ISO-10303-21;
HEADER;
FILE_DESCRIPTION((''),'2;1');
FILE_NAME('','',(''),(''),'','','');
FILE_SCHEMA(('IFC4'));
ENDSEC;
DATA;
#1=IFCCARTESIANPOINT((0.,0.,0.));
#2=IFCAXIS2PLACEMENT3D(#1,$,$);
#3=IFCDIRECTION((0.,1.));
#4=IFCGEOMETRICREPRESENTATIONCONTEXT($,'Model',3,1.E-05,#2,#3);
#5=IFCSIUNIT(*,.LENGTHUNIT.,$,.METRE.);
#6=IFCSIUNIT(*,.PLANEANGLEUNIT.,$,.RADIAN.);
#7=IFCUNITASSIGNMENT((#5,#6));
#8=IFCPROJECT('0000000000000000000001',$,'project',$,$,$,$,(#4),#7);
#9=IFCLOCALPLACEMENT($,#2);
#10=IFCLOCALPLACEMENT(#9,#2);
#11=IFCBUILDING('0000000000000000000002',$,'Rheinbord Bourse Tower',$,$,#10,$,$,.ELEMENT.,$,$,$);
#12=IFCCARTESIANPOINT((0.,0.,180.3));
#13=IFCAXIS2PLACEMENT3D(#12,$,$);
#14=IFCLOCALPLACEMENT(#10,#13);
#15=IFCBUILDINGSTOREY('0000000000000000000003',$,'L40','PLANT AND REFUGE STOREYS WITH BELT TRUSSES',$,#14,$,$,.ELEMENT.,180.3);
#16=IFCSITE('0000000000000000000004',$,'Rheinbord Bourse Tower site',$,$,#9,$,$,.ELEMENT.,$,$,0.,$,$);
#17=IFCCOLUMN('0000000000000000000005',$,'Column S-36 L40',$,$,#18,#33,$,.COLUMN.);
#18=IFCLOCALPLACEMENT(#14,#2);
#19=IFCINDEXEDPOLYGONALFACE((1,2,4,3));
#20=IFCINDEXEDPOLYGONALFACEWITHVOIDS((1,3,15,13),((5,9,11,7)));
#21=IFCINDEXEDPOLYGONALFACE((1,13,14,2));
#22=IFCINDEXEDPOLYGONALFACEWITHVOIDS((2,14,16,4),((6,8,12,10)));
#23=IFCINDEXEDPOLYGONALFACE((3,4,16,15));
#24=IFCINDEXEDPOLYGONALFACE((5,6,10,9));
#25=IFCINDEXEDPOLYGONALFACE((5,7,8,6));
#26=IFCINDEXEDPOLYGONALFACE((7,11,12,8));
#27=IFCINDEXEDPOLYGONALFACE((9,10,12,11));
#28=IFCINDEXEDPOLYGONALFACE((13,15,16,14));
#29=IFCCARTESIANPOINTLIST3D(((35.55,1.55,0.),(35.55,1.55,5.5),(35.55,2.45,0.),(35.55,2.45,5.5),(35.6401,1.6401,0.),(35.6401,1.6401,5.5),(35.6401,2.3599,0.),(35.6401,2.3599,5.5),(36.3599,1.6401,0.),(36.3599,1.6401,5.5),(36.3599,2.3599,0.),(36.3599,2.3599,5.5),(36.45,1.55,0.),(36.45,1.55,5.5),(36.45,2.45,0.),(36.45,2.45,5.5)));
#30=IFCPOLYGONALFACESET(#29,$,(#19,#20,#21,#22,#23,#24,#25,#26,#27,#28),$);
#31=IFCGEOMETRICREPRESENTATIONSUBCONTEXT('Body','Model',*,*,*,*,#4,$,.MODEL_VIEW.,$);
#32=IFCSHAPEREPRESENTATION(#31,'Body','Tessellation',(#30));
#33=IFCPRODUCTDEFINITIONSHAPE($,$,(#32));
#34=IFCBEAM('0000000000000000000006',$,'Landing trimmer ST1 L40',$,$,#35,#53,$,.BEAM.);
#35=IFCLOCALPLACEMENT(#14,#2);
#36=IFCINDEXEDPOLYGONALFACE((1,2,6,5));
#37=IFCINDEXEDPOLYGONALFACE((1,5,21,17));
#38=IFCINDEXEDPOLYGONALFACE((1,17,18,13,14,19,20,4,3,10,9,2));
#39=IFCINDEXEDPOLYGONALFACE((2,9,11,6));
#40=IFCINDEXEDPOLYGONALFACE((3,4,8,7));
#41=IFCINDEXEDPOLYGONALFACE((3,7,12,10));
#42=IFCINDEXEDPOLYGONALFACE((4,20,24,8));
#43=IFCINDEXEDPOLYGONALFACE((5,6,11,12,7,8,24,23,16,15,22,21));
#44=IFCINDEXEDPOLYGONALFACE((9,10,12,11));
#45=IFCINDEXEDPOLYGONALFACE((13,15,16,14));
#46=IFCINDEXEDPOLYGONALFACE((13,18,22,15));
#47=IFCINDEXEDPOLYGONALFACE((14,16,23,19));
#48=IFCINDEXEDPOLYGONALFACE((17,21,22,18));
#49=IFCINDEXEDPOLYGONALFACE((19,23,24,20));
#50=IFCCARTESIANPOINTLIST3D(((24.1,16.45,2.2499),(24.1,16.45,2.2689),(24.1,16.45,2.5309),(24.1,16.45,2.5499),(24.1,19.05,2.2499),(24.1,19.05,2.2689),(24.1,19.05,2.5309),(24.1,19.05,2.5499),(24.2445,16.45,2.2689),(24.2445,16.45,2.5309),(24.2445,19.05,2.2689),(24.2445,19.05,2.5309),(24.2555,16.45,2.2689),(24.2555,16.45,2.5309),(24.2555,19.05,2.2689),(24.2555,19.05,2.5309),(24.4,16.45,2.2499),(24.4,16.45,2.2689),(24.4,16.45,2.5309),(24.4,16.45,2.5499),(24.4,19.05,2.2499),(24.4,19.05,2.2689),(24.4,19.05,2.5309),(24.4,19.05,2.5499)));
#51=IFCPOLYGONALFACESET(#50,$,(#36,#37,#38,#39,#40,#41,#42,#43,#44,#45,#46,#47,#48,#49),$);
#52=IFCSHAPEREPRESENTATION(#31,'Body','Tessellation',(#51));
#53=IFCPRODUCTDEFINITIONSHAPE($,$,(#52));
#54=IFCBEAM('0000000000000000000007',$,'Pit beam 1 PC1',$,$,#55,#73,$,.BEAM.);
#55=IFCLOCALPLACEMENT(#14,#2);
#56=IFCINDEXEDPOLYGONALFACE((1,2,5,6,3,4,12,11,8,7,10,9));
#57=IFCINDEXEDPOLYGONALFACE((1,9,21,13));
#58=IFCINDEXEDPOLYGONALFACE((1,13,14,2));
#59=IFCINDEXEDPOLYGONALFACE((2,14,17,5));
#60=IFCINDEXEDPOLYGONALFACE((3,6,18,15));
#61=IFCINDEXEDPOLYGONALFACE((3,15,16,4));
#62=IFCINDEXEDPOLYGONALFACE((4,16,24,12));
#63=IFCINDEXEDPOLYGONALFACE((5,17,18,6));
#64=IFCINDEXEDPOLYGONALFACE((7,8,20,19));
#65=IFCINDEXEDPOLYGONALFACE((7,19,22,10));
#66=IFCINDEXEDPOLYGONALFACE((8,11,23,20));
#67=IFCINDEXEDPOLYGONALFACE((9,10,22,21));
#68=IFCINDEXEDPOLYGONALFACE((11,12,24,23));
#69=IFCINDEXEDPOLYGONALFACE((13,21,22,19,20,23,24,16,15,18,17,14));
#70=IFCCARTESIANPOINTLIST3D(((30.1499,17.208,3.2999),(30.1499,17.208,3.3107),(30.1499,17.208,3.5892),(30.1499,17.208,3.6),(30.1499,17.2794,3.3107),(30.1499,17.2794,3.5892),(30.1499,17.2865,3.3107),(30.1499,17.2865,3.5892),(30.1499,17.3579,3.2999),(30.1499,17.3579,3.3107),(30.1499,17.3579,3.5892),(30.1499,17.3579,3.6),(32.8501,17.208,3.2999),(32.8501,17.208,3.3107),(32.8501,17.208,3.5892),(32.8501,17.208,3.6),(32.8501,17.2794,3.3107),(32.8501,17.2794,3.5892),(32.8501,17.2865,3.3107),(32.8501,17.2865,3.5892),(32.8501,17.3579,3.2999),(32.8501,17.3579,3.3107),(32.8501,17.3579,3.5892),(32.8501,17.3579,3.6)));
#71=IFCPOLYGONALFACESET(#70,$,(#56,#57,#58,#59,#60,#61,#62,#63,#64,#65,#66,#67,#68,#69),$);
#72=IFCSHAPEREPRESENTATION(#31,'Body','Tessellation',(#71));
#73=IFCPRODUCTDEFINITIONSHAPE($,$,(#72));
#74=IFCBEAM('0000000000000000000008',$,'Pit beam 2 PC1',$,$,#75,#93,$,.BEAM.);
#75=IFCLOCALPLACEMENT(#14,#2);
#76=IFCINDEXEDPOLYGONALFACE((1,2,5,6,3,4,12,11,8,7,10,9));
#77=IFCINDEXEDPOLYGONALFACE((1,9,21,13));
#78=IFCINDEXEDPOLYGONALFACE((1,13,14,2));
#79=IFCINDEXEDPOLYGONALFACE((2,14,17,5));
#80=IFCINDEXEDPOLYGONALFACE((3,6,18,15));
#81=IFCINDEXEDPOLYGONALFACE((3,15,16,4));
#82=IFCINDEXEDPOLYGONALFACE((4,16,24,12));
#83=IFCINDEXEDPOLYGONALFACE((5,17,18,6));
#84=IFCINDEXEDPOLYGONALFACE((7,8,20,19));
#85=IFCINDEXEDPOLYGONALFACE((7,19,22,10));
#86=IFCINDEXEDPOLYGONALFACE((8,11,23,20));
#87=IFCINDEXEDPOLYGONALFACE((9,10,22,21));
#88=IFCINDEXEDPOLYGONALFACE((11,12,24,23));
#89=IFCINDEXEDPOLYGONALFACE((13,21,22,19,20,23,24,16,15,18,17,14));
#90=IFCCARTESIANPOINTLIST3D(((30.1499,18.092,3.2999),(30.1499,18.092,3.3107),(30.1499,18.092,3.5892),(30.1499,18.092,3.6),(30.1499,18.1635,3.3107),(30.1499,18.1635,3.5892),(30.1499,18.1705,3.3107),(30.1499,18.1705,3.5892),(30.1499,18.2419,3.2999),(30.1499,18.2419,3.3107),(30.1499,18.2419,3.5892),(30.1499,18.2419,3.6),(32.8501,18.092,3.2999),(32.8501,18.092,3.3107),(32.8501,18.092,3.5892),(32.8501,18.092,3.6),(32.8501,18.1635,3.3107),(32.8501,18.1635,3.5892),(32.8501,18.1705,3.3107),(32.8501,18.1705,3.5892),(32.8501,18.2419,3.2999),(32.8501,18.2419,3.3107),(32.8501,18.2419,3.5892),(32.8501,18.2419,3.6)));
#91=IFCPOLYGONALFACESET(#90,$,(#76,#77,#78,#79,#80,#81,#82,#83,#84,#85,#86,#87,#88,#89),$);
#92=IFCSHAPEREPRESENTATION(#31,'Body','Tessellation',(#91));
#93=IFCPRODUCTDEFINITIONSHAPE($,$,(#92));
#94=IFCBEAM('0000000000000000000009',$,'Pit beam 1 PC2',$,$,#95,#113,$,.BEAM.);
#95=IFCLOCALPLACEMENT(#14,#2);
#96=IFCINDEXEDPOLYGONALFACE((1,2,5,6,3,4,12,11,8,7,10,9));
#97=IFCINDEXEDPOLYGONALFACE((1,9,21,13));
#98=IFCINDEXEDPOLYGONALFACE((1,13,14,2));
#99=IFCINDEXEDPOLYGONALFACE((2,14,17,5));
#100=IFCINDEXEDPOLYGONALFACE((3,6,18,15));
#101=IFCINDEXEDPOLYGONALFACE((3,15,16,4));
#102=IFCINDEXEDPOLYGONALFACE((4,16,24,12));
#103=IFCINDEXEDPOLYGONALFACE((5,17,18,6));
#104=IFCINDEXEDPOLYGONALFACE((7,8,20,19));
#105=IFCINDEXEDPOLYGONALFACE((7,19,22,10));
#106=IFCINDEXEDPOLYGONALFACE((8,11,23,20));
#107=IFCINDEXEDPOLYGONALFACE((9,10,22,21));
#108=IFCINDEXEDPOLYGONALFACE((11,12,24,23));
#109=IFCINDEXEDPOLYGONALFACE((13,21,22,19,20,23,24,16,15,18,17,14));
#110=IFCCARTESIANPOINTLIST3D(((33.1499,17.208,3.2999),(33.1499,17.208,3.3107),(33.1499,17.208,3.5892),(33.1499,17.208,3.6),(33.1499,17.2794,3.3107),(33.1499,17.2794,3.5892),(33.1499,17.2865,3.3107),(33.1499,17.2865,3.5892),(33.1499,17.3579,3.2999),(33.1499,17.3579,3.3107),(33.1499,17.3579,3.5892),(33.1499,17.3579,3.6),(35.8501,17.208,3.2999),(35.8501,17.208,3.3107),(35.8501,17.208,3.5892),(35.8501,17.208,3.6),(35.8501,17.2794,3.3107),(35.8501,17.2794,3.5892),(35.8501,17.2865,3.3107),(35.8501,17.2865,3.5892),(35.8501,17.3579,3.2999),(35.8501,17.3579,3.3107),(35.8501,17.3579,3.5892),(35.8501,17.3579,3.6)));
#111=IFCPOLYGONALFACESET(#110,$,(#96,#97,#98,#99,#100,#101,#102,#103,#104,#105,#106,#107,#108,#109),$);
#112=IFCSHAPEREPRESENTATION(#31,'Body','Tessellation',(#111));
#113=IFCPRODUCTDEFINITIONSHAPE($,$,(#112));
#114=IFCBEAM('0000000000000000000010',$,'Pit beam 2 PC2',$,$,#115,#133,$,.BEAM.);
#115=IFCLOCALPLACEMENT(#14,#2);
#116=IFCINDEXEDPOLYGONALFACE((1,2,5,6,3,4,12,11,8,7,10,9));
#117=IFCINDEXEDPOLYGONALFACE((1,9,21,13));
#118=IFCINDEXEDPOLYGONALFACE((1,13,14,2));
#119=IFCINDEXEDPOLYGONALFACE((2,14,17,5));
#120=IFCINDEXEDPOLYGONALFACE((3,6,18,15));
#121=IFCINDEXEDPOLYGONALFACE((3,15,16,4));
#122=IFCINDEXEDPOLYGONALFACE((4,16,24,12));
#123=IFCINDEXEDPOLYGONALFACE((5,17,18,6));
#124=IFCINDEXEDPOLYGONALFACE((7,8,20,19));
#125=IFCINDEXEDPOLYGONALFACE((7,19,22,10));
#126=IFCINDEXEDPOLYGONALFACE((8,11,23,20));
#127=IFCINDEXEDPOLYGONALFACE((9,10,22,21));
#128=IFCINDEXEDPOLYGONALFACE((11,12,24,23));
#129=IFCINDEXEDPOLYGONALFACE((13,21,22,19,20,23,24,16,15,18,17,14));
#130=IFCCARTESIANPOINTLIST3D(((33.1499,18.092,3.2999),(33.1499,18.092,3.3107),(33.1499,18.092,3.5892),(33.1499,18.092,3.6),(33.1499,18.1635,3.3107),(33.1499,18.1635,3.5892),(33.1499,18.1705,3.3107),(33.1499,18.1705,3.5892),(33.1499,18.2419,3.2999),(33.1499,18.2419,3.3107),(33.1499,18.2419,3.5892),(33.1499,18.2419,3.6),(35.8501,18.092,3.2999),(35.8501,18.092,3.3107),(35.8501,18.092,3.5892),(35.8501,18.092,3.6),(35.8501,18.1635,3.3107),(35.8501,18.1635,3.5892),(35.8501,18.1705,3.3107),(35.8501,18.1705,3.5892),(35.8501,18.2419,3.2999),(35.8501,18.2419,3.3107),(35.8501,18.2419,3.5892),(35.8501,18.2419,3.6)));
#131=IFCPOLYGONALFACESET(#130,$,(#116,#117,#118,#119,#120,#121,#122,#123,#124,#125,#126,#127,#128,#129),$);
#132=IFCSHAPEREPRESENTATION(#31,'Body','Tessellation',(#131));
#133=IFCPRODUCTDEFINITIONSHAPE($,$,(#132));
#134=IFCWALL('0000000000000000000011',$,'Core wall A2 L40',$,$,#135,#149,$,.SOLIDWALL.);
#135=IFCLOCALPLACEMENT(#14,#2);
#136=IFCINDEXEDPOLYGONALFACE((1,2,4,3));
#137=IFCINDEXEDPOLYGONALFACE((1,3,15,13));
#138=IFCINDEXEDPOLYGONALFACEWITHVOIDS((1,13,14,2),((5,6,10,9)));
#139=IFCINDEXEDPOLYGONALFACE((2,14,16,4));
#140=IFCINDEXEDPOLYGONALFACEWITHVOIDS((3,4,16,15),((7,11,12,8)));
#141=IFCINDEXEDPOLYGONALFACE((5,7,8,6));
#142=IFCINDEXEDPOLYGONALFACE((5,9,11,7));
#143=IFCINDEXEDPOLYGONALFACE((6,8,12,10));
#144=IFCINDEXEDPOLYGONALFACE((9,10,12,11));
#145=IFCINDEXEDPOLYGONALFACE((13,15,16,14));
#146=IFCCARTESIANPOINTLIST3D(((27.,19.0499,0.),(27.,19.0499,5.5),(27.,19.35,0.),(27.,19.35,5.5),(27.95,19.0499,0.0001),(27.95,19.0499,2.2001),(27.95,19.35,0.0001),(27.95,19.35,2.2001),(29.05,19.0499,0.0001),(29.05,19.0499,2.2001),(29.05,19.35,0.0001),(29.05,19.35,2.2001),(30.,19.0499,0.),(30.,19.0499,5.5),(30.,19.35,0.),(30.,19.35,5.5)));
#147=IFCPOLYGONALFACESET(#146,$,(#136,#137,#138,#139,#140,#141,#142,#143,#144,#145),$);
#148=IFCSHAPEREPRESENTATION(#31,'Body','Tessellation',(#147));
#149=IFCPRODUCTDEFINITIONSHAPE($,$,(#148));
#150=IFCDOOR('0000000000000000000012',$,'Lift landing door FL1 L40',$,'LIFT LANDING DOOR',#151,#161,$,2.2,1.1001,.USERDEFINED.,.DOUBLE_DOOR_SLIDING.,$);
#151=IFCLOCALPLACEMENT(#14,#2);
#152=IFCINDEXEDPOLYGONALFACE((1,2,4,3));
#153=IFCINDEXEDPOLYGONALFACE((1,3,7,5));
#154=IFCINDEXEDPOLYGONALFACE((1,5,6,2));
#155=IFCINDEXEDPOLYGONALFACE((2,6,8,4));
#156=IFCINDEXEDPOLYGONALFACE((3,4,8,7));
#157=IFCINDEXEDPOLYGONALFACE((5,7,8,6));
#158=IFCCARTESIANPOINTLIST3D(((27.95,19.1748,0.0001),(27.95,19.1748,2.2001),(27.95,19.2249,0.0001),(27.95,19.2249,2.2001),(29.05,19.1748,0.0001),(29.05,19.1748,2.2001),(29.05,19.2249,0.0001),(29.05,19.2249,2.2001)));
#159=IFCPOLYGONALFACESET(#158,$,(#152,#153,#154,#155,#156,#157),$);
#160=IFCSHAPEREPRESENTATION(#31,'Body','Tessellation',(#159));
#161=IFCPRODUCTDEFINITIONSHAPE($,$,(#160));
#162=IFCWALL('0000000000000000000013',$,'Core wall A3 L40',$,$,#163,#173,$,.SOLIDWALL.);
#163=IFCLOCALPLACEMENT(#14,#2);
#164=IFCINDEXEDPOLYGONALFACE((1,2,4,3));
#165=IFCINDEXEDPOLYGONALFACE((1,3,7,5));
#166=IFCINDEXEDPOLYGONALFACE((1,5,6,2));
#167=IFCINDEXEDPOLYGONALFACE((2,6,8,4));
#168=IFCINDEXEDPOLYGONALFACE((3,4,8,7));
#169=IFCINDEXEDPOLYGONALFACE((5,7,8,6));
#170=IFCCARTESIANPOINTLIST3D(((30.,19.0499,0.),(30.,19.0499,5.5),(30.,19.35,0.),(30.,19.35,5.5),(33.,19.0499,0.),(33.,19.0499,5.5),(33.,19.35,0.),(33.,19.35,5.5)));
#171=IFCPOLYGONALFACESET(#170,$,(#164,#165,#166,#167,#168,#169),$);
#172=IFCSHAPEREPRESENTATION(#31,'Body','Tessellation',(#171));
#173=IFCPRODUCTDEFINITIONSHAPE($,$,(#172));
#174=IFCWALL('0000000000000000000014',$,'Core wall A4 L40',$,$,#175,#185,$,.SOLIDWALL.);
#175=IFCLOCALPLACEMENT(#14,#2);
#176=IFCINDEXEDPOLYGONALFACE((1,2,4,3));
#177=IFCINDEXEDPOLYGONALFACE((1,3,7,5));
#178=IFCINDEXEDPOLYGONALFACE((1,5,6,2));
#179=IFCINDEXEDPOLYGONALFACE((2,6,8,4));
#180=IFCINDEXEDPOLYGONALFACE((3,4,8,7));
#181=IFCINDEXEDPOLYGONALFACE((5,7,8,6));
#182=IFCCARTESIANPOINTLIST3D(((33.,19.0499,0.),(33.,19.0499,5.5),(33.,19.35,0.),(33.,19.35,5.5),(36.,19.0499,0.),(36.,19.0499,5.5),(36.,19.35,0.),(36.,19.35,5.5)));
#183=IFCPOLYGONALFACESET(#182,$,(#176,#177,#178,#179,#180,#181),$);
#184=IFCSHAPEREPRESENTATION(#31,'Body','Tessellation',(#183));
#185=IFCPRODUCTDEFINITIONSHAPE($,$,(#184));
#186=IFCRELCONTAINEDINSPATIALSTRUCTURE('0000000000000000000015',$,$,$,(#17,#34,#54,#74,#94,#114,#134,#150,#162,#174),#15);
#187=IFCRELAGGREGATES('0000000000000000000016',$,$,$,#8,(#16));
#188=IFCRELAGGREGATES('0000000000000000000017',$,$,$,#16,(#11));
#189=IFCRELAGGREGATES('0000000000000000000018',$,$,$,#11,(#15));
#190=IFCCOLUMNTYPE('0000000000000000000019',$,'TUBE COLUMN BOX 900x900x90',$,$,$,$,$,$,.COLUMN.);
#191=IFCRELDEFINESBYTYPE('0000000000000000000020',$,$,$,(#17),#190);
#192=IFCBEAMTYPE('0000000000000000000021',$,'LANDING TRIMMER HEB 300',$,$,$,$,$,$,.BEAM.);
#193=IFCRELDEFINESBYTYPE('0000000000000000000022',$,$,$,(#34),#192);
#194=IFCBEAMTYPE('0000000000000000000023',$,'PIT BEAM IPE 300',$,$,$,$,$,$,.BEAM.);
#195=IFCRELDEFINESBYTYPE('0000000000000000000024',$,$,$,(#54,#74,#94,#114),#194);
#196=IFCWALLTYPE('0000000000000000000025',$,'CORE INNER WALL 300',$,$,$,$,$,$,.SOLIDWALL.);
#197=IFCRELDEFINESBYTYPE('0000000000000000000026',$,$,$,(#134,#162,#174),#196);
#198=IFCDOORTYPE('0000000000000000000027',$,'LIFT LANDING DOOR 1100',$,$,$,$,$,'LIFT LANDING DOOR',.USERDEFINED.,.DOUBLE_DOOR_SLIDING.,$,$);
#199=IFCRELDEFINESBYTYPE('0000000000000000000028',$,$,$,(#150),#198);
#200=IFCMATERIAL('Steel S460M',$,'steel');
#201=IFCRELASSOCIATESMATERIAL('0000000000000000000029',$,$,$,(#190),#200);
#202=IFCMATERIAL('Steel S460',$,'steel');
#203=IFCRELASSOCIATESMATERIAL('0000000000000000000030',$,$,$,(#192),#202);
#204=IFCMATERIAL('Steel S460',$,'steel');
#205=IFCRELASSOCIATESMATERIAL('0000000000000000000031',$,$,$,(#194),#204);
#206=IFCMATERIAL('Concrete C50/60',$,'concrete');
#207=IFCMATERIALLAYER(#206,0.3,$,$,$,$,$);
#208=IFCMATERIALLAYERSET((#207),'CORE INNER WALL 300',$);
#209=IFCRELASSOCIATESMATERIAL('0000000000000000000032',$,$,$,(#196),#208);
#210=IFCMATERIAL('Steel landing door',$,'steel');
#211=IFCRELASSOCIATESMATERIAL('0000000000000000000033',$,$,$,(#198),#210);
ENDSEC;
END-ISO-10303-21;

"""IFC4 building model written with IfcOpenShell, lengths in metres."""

from ifc_helpers import new_model, si_unit, direction, frame, frame_2d, origin, origin_2d, place, context, subcontext, project, spatial, rectangle, hollow_rectangle, i_section, extrude, material, layer, layer_set, material_profile, profile_set, type_object, element, fill, save


model = new_model("IFC4")

# Units and contexts
model_context = context("Model", 3, precision=1e-05, world=origin(), true_north=direction((0.0, 1.0)))
body_context = subcontext(model_context, "Body", "Model", "MODEL_VIEW")
ifc_project = project(units=[si_unit("LENGTHUNIT", "METRE"), si_unit("PLANEANGLEUNIT", "RADIAN")], contexts=[model_context])

# Site, building, storey
site_placement = place(None, origin())
site = spatial("IfcSite", under=ifc_project, at=site_placement, Name="Rheinbord Bourse Tower site", CompositionType="ELEMENT", RefElevation=0.0)
building_placement = place(site_placement, origin())
building = spatial("IfcBuilding", under=site, at=building_placement, Name="Rheinbord Bourse Tower", CompositionType="ELEMENT")
storey_placement = place(building_placement, frame((0.0, 0.0, 180.3)))
storey = spatial("IfcBuildingStorey", under=building, at=storey_placement, Name="L40", Description="PLANT AND REFUGE STOREYS WITH BELT TRUSSES", CompositionType="ELEMENT", Elevation=180.3)

# Column
ifc_material_1 = material(Name="Steel S460M", Category="steel")
ifc_material_profile_1 = material_profile(ifc_material_1, hollow_rectangle(XDim=0.8999, YDim=0.8999, WallThickness=0.0901, at=origin_2d()), Name="BOX 900x900x90")
ifc_profile_set_1 = profile_set([ifc_material_profile_1], Name="Steel S460M")
column_type = type_object("IfcColumnType", Name="TUBE COLUMN BOX 900x900x90", PredefinedType="COLUMN", material=ifc_profile_set_1)
column_placement = place(storey_placement, frame((36.0, 2.0, 0.0), z_axis=(0.0, 0.0, 1.0), x_axis=(0.0, 1.0, 0.0)))
element("IfcColumn", 1, at=column_placement, inside=storey, type_object=column_type, Name="Column S-36 L40", PredefinedType="COLUMN", context=body_context, shape_type="SweptSolid", body=[
    extrude(hollow_rectangle(XDim=0.8999, YDim=0.8999, WallThickness=0.0901, at=origin_2d()), origin(), (0.0, 0.0, 1.0), 5.5),
])

# Beams
ifc_material_2 = material(Name="Steel S460", Category="steel")
ifc_material_profile_2 = material_profile(ifc_material_2, i_section(OverallWidth=0.3, OverallDepth=0.3, WebThickness=0.011, FlangeThickness=0.019, at=origin_2d()), Name="HEB 300")
ifc_profile_set_2 = profile_set([ifc_material_profile_2], Name="Steel S460")
beam_type_1 = type_object("IfcBeamType", Name="LANDING TRIMMER HEB 300", PredefinedType="BEAM", material=ifc_profile_set_2)
beam_placement = place(storey_placement, frame((24.25, 16.45, 2.3999), z_axis=(0.0, 1.0, 0.0), x_axis=(-1.0, 0.0, 0.0)))
element("IfcBeam", 2, at=beam_placement, inside=storey, type_object=beam_type_1, Name="Landing trimmer ST1 L40", PredefinedType="BEAM", context=body_context, shape_type="SweptSolid", body=[
    extrude(i_section(OverallWidth=0.3, OverallDepth=0.3, WebThickness=0.011, FlangeThickness=0.019, at=origin_2d()), origin(), (0.0, 0.0, 1.0), 2.6001),
])
ifc_material_3 = material(Name="Steel S460", Category="steel")
ifc_material_profile_3 = material_profile(ifc_material_3, i_section(OverallWidth=0.1499, OverallDepth=0.3, WebThickness=0.0071, FlangeThickness=0.0107, at=origin_2d()), Name="IPE 300")
ifc_profile_set_3 = profile_set([ifc_material_profile_3], Name="Steel S460")
beam_type_2 = type_object("IfcBeamType", Name="PIT BEAM IPE 300", PredefinedType="BEAM", material=ifc_profile_set_3)
for number, where, z_axis, x_axis, name in (
    (3, (30.1499, 17.283, 3.45), (1.0, 0.0, 0.0), (0.0, 1.0, 0.0), "Pit beam 1 PC1"),
    (4, (30.1499, 18.167, 3.45), (1.0, 0.0, 0.0), (0.0, 1.0, 0.0), "Pit beam 2 PC1"),
    (5, (33.1499, 17.283, 3.45), (1.0, 0.0, 0.0), (0.0, 1.0, 0.0), "Pit beam 1 PC2"),
    (6, (33.1499, 18.167, 3.45), (1.0, 0.0, 0.0), (0.0, 1.0, 0.0), "Pit beam 2 PC2"),
):
    element("IfcBeam", number, at=place(storey_placement, frame(where, z_axis=z_axis, x_axis=x_axis)), inside=storey, type_object=beam_type_2, Name=name, PredefinedType="BEAM", context=body_context, shape_type="SweptSolid", body=[
        extrude(i_section(OverallWidth=0.1499, OverallDepth=0.3, WebThickness=0.0071, FlangeThickness=0.0107, at=origin_2d()), origin(), (0.0, 0.0, 1.0), 2.7002),
    ])

# Wall, opening, door
ifc_material_4 = material(Name="Concrete C50/60", Category="concrete")
ifc_layer_1 = layer(ifc_material_4, 0.3)
ifc_layer_set_1 = layer_set([ifc_layer_1], Name="CORE INNER WALL 300")
wall_type_1 = type_object("IfcWallType", Name="CORE INNER WALL 300", PredefinedType="SOLIDWALL", material=ifc_layer_set_1)
wall_1_placement = place(storey_placement, frame((27.0, 19.2, 0.0), z_axis=(0.0, 0.0, 1.0), x_axis=(1.0, 0.0, 0.0)))
wall_1 = element("IfcWall", 7, at=wall_1_placement, inside=storey, type_object=wall_type_1, Name="Core wall A2 L40", PredefinedType="SOLIDWALL", context=body_context, shape_type="SweptSolid", body=[
    extrude(rectangle(XDim=3.0, YDim=0.3, at=frame_2d((1.5, 0.0))), origin(), (0.0, 0.0, 1.0), 5.5),
])
opening_1_placement = place(wall_1_placement, frame((0.95, 0.0, 0.0)))
opening_1 = element("IfcOpeningElement", 8, at=opening_1_placement, cuts=wall_1, PredefinedType="OPENING", context=body_context, shape_type="SweptSolid", body=[
    extrude(rectangle(XDim=1.1001, YDim=2.2, at=frame_2d((0.55, 1.1001))), frame((0.0, 0.1599, 0.0), z_axis=(0.0, -1.0, 0.0), x_axis=(1.0, 0.0, 0.0)), (0.0, 0.0, 1.0), 0.3201),
])
ifc_material_5 = material(Name="Steel landing door", Category="steel")
door_type_1 = type_object("IfcDoorType", Name="LIFT LANDING DOOR 1100", ElementType="LIFT LANDING DOOR", OperationType="DOUBLE_DOOR_SLIDING", PredefinedType="USERDEFINED", material=ifc_material_5)
door_1_placement = place(opening_1_placement, origin())
door_1 = element("IfcDoor", 9, at=door_1_placement, inside=storey, type_object=door_type_1, Name="Lift landing door FL1 L40", ObjectType="LIFT LANDING DOOR", OperationType="DOUBLE_DOOR_SLIDING", OverallHeight=2.2, OverallWidth=1.1001, PredefinedType="USERDEFINED", context=body_context, shape_type="SweptSolid", body=[
    extrude(rectangle(XDim=1.1001, YDim=2.2, at=frame_2d((0.55, 1.1001))), frame((0.0, 0.0249, 0.0), z_axis=(0.0, -1.0, 0.0), x_axis=(1.0, 0.0, 0.0)), (0.0, 0.0, 1.0), 0.05),
])
fill(opening_1, door_1)

# Walls
for number, where, z_axis, x_axis, name in (
    (10, (30.0, 19.2, 0.0), (0.0, 0.0, 1.0), (1.0, 0.0, 0.0), "Core wall A3 L40"),
    (11, (33.0, 19.2, 0.0), (0.0, 0.0, 1.0), (1.0, 0.0, 0.0), "Core wall A4 L40"),
):
    element("IfcWall", number, at=place(storey_placement, frame(where, z_axis=z_axis, x_axis=x_axis)), inside=storey, type_object=wall_type_1, Name=name, PredefinedType="SOLIDWALL", context=body_context, shape_type="SweptSolid", body=[
        extrude(rectangle(XDim=3.0, YDim=0.3, at=frame_2d((1.5, 0.0))), origin(), (0.0, 0.0, 1.0), 5.5),
    ])

save(model, "model.ifc")
